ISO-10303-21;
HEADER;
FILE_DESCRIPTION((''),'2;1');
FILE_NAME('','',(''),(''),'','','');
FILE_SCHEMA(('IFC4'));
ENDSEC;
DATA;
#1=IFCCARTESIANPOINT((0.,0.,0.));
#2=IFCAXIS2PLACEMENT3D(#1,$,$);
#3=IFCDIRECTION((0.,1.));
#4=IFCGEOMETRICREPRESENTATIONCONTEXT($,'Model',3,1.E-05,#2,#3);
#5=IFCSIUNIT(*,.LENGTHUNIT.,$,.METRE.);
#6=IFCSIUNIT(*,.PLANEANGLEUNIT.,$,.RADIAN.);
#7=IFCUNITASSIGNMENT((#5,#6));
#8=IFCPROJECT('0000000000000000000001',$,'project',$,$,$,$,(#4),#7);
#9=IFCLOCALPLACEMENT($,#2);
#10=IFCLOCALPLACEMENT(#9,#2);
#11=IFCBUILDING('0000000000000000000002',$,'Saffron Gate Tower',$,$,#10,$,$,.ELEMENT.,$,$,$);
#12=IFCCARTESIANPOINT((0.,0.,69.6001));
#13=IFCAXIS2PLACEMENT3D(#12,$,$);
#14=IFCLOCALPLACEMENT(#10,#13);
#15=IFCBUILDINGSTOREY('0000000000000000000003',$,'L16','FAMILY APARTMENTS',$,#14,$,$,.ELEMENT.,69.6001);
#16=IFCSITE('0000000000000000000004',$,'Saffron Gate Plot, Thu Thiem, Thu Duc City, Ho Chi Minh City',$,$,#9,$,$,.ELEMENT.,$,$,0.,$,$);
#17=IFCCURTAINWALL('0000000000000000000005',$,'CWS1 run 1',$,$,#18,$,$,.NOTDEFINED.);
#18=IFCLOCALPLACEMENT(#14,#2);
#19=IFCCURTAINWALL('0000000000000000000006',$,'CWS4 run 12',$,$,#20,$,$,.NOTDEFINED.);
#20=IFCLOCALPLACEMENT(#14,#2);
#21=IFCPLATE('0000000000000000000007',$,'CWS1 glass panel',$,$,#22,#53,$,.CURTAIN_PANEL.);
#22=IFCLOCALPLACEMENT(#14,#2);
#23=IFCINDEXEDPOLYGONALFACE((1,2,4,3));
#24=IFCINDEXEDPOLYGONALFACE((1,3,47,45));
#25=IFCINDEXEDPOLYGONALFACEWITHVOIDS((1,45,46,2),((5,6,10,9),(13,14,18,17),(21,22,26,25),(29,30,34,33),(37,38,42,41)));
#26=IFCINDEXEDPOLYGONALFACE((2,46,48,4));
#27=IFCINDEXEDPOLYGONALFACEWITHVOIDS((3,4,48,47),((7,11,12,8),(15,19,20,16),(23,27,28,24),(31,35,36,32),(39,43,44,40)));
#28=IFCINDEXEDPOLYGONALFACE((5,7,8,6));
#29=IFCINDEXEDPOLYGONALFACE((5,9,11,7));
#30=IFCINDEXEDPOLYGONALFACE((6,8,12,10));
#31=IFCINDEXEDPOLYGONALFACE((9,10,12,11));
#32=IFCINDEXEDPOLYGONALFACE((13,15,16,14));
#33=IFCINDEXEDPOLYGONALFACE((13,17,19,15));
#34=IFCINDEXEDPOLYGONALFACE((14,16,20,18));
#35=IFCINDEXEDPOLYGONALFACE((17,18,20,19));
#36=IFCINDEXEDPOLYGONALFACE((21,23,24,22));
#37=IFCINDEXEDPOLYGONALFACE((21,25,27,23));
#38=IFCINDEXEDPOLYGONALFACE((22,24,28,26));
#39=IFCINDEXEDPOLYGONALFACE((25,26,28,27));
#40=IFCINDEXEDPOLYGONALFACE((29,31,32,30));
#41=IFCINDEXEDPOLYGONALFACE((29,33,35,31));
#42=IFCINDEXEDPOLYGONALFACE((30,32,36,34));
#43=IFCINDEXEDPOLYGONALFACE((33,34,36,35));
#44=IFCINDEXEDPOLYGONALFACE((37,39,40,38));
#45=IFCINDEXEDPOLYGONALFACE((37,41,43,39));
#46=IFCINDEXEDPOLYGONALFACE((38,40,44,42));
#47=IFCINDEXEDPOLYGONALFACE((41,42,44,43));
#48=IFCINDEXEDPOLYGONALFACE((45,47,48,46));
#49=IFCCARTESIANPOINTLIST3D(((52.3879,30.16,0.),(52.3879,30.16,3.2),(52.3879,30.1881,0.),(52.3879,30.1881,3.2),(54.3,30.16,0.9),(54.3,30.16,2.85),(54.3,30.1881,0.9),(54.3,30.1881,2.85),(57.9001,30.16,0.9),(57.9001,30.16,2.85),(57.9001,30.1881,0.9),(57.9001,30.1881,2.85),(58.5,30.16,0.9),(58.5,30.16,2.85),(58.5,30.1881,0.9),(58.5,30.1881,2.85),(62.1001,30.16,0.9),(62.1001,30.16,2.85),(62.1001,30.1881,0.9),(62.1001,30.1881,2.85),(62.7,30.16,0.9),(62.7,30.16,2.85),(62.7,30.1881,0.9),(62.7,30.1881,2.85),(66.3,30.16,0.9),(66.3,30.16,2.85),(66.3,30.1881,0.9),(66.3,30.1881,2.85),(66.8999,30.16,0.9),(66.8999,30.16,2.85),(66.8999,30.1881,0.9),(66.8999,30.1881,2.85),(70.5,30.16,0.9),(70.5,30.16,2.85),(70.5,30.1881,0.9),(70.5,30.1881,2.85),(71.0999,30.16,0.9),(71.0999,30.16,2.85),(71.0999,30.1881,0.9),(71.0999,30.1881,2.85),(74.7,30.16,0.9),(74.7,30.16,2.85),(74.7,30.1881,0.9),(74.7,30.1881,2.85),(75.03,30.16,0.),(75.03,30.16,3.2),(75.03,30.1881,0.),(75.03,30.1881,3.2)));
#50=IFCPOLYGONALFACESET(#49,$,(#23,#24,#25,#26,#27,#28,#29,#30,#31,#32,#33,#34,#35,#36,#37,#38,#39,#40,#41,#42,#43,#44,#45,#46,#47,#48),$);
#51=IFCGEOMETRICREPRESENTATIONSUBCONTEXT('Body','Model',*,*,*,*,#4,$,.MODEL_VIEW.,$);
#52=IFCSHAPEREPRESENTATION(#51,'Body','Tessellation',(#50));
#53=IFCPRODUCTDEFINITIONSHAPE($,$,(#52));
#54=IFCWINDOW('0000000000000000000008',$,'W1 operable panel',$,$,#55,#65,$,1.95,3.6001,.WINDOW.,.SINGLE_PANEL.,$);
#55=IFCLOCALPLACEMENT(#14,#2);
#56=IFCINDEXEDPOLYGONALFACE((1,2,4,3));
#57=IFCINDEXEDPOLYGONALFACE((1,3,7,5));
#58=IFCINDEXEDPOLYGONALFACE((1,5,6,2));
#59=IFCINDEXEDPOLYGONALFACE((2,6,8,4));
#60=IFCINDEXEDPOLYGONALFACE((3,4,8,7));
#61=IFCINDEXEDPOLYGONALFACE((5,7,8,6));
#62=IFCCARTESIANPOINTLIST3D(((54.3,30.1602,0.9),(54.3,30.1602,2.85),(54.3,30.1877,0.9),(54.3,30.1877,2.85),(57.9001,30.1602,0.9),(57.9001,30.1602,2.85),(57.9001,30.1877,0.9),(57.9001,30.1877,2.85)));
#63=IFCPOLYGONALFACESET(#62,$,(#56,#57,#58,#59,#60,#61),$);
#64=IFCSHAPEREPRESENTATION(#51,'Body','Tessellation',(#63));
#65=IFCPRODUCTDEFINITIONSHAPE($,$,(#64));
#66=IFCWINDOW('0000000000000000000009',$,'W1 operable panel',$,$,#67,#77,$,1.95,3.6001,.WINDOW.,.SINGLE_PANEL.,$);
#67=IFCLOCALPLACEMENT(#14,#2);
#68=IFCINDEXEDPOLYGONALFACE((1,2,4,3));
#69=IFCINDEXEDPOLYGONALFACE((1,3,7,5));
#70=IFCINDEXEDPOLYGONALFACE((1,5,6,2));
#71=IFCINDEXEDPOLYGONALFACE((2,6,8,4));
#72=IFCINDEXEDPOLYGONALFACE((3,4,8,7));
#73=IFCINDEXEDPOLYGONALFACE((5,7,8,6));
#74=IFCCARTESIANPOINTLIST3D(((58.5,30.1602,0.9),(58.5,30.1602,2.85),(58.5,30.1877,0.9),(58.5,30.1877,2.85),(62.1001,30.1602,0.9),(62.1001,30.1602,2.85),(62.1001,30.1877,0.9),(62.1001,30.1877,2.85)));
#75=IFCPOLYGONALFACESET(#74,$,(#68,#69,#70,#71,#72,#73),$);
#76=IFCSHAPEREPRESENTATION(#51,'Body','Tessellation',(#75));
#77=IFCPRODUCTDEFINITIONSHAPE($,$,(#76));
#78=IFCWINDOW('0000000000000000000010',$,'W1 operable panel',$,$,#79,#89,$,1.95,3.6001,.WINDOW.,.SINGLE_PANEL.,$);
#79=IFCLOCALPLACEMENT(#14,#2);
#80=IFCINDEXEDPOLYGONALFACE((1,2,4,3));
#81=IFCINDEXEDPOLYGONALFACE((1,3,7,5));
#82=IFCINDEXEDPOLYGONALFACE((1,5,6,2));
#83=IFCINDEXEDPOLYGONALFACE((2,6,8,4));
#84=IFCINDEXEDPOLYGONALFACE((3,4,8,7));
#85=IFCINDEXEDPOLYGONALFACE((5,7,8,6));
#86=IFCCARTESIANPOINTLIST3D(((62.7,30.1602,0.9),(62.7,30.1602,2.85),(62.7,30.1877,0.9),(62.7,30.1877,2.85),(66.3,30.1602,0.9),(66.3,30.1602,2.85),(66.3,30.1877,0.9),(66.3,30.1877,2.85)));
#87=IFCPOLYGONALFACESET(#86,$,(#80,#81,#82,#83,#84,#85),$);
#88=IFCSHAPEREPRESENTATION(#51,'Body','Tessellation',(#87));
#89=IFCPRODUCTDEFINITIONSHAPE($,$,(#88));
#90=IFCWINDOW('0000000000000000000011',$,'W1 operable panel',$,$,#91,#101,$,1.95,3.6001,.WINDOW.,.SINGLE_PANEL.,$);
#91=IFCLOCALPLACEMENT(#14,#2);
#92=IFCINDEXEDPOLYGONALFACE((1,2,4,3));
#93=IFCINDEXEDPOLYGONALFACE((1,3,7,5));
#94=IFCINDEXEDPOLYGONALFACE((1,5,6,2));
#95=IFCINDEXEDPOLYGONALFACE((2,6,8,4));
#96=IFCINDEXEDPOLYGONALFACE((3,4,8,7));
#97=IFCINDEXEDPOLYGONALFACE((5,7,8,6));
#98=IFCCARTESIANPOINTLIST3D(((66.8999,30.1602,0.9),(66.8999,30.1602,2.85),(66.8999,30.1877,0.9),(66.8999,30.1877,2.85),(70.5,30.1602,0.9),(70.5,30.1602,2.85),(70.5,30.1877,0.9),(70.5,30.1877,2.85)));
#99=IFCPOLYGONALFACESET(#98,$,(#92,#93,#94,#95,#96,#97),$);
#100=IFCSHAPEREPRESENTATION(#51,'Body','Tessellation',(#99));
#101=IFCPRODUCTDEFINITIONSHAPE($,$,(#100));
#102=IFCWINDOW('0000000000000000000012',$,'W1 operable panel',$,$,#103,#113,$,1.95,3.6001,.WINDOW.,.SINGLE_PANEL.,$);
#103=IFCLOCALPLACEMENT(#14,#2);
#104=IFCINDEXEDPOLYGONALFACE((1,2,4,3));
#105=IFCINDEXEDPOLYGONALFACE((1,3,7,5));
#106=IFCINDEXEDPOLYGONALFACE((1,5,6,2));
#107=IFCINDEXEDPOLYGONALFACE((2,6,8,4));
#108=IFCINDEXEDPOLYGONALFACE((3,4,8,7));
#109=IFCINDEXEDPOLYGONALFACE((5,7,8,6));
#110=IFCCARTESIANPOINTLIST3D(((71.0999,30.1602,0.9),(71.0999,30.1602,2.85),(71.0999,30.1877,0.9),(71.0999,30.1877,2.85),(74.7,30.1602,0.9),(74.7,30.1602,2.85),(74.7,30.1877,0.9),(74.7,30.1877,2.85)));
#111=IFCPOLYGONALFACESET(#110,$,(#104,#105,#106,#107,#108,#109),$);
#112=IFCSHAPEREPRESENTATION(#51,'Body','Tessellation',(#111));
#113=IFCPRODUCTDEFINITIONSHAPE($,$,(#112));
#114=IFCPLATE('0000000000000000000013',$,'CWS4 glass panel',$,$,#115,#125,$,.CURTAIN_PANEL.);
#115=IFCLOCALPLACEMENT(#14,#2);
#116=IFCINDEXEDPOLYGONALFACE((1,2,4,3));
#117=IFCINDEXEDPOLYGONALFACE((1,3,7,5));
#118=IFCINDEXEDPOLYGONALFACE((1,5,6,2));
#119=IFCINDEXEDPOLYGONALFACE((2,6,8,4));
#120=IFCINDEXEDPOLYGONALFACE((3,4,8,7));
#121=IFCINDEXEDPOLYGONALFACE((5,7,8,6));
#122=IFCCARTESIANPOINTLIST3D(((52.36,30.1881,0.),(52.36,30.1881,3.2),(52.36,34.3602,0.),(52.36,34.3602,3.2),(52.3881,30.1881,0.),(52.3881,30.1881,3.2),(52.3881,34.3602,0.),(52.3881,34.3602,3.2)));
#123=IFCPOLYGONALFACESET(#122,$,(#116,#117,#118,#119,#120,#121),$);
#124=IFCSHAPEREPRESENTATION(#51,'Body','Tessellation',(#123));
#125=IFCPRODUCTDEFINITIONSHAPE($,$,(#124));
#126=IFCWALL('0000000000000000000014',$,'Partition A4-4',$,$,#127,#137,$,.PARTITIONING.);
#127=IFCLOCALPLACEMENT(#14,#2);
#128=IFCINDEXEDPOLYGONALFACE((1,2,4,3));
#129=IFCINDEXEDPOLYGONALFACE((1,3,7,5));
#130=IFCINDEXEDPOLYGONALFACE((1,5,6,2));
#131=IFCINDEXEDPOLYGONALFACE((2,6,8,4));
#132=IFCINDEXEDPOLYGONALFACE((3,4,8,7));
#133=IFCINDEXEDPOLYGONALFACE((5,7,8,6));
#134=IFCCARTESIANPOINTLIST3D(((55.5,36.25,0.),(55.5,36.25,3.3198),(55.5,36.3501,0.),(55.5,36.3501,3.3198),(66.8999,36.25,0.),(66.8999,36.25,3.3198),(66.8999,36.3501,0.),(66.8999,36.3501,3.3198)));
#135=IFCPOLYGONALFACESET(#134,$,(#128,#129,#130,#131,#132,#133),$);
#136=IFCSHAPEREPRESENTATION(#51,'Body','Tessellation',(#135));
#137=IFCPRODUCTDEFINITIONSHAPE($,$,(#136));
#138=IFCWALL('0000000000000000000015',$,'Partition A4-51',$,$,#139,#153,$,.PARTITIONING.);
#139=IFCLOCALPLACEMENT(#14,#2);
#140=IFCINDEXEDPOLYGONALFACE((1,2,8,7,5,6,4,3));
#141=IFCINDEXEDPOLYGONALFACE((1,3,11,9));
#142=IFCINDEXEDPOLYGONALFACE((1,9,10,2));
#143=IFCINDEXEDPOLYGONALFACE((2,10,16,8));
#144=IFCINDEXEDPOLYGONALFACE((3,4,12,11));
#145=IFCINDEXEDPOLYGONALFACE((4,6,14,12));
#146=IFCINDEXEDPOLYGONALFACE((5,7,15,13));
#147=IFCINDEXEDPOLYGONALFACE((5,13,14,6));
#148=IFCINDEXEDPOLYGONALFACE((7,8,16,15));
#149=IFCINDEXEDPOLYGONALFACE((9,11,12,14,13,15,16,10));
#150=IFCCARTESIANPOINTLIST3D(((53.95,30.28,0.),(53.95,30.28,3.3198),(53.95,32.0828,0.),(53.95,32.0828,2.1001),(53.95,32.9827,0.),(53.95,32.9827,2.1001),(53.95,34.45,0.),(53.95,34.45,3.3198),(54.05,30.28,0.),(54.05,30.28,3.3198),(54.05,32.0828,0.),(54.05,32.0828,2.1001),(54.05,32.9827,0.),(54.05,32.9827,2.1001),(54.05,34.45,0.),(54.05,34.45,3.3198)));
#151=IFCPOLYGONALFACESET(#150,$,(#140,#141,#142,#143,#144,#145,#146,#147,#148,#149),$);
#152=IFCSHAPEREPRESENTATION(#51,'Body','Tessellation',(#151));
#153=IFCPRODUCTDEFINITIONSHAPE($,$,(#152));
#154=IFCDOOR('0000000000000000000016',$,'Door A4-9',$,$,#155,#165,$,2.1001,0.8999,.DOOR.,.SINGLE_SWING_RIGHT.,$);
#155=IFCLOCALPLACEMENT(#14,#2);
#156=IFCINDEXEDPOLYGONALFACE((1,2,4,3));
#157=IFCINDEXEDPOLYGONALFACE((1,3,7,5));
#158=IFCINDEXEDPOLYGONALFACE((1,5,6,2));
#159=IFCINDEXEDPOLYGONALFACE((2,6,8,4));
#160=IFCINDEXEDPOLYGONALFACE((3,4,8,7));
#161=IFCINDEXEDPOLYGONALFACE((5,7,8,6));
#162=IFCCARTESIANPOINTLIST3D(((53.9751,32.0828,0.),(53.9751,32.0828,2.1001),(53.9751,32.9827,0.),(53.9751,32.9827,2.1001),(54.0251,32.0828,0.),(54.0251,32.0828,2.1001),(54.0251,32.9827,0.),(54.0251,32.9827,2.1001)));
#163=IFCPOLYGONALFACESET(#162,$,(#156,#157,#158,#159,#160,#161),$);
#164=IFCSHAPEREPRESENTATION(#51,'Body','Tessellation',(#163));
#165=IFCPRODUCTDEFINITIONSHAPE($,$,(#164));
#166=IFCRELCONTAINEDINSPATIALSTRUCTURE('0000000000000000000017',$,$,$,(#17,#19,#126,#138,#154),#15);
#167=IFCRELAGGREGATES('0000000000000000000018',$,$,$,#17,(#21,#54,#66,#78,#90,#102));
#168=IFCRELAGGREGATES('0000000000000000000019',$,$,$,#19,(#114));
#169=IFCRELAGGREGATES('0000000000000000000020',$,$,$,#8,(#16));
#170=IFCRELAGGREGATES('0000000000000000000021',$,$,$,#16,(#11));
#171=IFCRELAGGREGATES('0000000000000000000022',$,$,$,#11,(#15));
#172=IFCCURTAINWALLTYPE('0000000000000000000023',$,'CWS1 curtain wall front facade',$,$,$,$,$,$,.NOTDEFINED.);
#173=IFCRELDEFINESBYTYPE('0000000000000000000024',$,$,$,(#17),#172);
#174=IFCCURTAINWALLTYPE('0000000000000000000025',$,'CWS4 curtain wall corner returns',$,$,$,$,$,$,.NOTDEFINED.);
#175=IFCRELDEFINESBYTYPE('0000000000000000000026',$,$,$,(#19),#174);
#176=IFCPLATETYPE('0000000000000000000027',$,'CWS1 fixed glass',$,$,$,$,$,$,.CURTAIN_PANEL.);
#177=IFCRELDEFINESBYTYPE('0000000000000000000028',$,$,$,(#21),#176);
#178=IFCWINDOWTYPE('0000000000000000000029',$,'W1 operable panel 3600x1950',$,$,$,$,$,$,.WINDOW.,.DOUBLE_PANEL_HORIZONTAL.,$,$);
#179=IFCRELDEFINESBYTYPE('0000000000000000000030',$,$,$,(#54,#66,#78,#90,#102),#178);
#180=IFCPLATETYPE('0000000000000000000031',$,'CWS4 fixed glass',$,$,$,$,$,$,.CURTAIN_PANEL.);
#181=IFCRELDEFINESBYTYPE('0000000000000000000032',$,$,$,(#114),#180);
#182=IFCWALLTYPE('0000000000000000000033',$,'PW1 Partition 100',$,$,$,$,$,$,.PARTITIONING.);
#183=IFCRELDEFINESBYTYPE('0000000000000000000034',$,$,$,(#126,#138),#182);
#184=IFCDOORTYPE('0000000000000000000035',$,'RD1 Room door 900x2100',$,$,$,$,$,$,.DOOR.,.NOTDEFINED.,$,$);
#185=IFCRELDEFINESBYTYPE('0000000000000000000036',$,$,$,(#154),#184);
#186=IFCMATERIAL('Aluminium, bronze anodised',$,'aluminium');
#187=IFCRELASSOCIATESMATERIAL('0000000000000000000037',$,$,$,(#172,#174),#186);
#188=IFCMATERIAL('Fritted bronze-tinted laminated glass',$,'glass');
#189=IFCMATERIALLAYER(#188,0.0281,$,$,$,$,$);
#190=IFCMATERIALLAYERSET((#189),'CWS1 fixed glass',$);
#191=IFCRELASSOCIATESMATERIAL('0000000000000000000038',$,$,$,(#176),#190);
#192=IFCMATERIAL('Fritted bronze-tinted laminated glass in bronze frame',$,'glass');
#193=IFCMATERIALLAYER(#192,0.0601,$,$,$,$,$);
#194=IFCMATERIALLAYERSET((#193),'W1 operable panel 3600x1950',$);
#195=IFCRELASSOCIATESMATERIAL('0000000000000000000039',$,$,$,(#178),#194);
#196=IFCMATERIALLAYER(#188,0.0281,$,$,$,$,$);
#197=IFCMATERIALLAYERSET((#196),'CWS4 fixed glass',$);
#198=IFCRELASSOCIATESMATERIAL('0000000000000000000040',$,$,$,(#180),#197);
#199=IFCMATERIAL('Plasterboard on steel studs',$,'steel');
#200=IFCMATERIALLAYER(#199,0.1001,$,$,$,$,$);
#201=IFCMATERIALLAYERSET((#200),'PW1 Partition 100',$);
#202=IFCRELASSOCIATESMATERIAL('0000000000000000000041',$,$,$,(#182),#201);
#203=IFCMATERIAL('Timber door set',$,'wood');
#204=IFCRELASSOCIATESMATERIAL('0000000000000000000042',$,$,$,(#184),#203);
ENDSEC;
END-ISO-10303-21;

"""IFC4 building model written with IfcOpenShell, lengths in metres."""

from ifc_helpers import new_model, si_unit, direction, frame, frame_2d, origin, place, context, subcontext, project, spatial, rectangle, extrude, material, layer, layer_set, type_object, element, fill, aggregate, save


model = new_model("IFC4")

# Units and contexts
model_context = context("Model", 3, precision=1e-05, world=origin(), true_north=direction((0.0, 1.0)))
body_context = subcontext(model_context, "Body", "Model", "MODEL_VIEW")
ifc_project = project(units=[si_unit("LENGTHUNIT", "METRE"), si_unit("PLANEANGLEUNIT", "RADIAN")], contexts=[model_context])

# Site, building, storey
site_placement = place(None, origin())
site = spatial("IfcSite", under=ifc_project, at=site_placement, Name="Saffron Gate Plot, Thu Thiem, Thu Duc City, Ho Chi Minh City", CompositionType="ELEMENT", RefElevation=0.0)
building_placement = place(site_placement, origin())
building = spatial("IfcBuilding", under=site, at=building_placement, Name="Saffron Gate Tower", CompositionType="ELEMENT")
storey_placement = place(building_placement, frame((0.0, 0.0, 69.6001)))
storey = spatial("IfcBuildingStorey", under=building, at=storey_placement, Name="L16", Description="FAMILY APARTMENTS", CompositionType="ELEMENT", Elevation=69.6001)

# Curtain walls
ifc_material_1 = material(Name="Aluminium, bronze anodised", Category="aluminium")
curtain_wall_type_1 = type_object("IfcCurtainWallType", Name="CWS1 curtain wall front facade", PredefinedType="NOTDEFINED", material=ifc_material_1)
curtain_wall_1_placement = place(storey_placement, origin())
curtain_wall_1 = element("IfcCurtainWall", 1, at=curtain_wall_1_placement, inside=storey, type_object=curtain_wall_type_1, Name="CWS1 run 1", PredefinedType="NOTDEFINED")
curtain_wall_type_2 = type_object("IfcCurtainWallType", Name="CWS4 curtain wall corner returns", PredefinedType="NOTDEFINED", material=ifc_material_1)
curtain_wall_2_placement = place(storey_placement, origin())
curtain_wall_2 = element("IfcCurtainWall", 2, at=curtain_wall_2_placement, inside=storey, type_object=curtain_wall_type_2, Name="CWS4 run 12", PredefinedType="NOTDEFINED")

# Plate, openings, windows
ifc_material_2 = material(Name="Fritted bronze-tinted laminated glass", Category="glass")
ifc_layer_1 = layer(ifc_material_2, 0.0281)
ifc_layer_set_1 = layer_set([ifc_layer_1], Name="CWS1 fixed glass")
plate_type_1 = type_object("IfcPlateType", Name="CWS1 fixed glass", PredefinedType="CURTAIN_PANEL", material=ifc_layer_set_1)
plate_1_placement = place(storey_placement, frame((52.3879, 30.1741, 0.0), z_axis=(0.0, 0.0, 1.0), x_axis=(1.0, 0.0, 0.0)))
plate_1 = element("IfcPlate", 3, at=plate_1_placement, type_object=plate_type_1, Name="CWS1 glass panel", PredefinedType="CURTAIN_PANEL", context=body_context, shape_type="SweptSolid", body=[
    extrude(rectangle(XDim=22.6421, YDim=0.0281, at=frame_2d((11.321, 0.0))), origin(), (0.0, 0.0, 1.0), 3.2),
])
opening_1_placement = place(plate_1_placement, frame((1.9121, 0.0, 0.8999)))
opening_1 = element("IfcOpeningElement", 4, at=opening_1_placement, cuts=plate_1, PredefinedType="OPENING", context=body_context, shape_type="SweptSolid", body=[
    extrude(rectangle(XDim=3.6001, YDim=1.95, at=frame_2d((1.8, 0.9751))), frame((0.0, 0.0239, 0.0), z_axis=(0.0, -1.0, 0.0), x_axis=(1.0, 0.0, 0.0)), (0.0, 0.0, 1.0), 0.0481),
])
opening_2_placement = place(plate_1_placement, frame((6.1121, 0.0, 0.8999)))
opening_2 = element("IfcOpeningElement", 5, at=opening_2_placement, cuts=plate_1, PredefinedType="OPENING", context=body_context, shape_type="SweptSolid", body=[
    extrude(rectangle(XDim=3.6001, YDim=1.95, at=frame_2d((1.8, 0.9751))), frame((0.0, 0.0239, 0.0), z_axis=(0.0, -1.0, 0.0), x_axis=(1.0, 0.0, 0.0)), (0.0, 0.0, 1.0), 0.0481),
])
opening_3_placement = place(plate_1_placement, frame((10.312, 0.0, 0.8999)))
opening_3 = element("IfcOpeningElement", 6, at=opening_3_placement, cuts=plate_1, PredefinedType="OPENING", context=body_context, shape_type="SweptSolid", body=[
    extrude(rectangle(XDim=3.6001, YDim=1.95, at=frame_2d((1.8, 0.9751))), frame((0.0, 0.0239, 0.0), z_axis=(0.0, -1.0, 0.0), x_axis=(1.0, 0.0, 0.0)), (0.0, 0.0, 1.0), 0.0481),
])
opening_4_placement = place(plate_1_placement, frame((14.512, 0.0, 0.8999)))
opening_4 = element("IfcOpeningElement", 7, at=opening_4_placement, cuts=plate_1, PredefinedType="OPENING", context=body_context, shape_type="SweptSolid", body=[
    extrude(rectangle(XDim=3.6001, YDim=1.95, at=frame_2d((1.8, 0.9751))), frame((0.0, 0.0239, 0.0), z_axis=(0.0, -1.0, 0.0), x_axis=(1.0, 0.0, 0.0)), (0.0, 0.0, 1.0), 0.0481),
])
opening_5_placement = place(plate_1_placement, frame((18.7119, 0.0, 0.8999)))
opening_5 = element("IfcOpeningElement", 8, at=opening_5_placement, cuts=plate_1, PredefinedType="OPENING", context=body_context, shape_type="SweptSolid", body=[
    extrude(rectangle(XDim=3.6001, YDim=1.95, at=frame_2d((1.8, 0.9751))), frame((0.0, 0.0239, 0.0), z_axis=(0.0, -1.0, 0.0), x_axis=(1.0, 0.0, 0.0)), (0.0, 0.0, 1.0), 0.0481),
])
ifc_material_3 = material(Name="Fritted bronze-tinted laminated glass in bronze frame", Category="glass")
ifc_layer_2 = layer(ifc_material_3, 0.0601)
ifc_layer_set_2 = layer_set([ifc_layer_2], Name="W1 operable panel 3600x1950")
window_type = type_object("IfcWindowType", Name="W1 operable panel 3600x1950", PartitioningType="DOUBLE_PANEL_HORIZONTAL", PredefinedType="WINDOW", material=ifc_layer_set_2)
window_1_placement = place(opening_1_placement, origin())
window_1 = element("IfcWindow", 9, at=window_1_placement, type_object=window_type, Name="W1 operable panel", OverallHeight=1.95, OverallWidth=3.6001, PartitioningType="SINGLE_PANEL", PredefinedType="WINDOW", context=body_context, shape_type="SweptSolid", body=[
    extrude(rectangle(XDim=3.6001, YDim=1.95, at=frame_2d((1.8, 0.9751))), frame((0.0, 0.0137, 0.0), z_axis=(0.0, -1.0, 0.0), x_axis=(1.0, 0.0, 0.0)), (0.0, 0.0, 1.0), 0.0276),
])
fill(opening_1, window_1)
window_2_placement = place(opening_2_placement, origin())
window_2 = element("IfcWindow", 10, at=window_2_placement, type_object=window_type, Name="W1 operable panel", OverallHeight=1.95, OverallWidth=3.6001, PartitioningType="SINGLE_PANEL", PredefinedType="WINDOW", context=body_context, shape_type="SweptSolid", body=[
    extrude(rectangle(XDim=3.6001, YDim=1.95, at=frame_2d((1.8, 0.9751))), frame((0.0, 0.0137, 0.0), z_axis=(0.0, -1.0, 0.0), x_axis=(1.0, 0.0, 0.0)), (0.0, 0.0, 1.0), 0.0276),
])
fill(opening_2, window_2)
window_3_placement = place(opening_3_placement, origin())
window_3 = element("IfcWindow", 11, at=window_3_placement, type_object=window_type, Name="W1 operable panel", OverallHeight=1.95, OverallWidth=3.6001, PartitioningType="SINGLE_PANEL", PredefinedType="WINDOW", context=body_context, shape_type="SweptSolid", body=[
    extrude(rectangle(XDim=3.6001, YDim=1.95, at=frame_2d((1.8, 0.9751))), frame((0.0, 0.0137, 0.0), z_axis=(0.0, -1.0, 0.0), x_axis=(1.0, 0.0, 0.0)), (0.0, 0.0, 1.0), 0.0276),
])
fill(opening_3, window_3)
window_4_placement = place(opening_4_placement, origin())
window_4 = element("IfcWindow", 12, at=window_4_placement, type_object=window_type, Name="W1 operable panel", OverallHeight=1.95, OverallWidth=3.6001, PartitioningType="SINGLE_PANEL", PredefinedType="WINDOW", context=body_context, shape_type="SweptSolid", body=[
    extrude(rectangle(XDim=3.6001, YDim=1.95, at=frame_2d((1.8, 0.9751))), frame((0.0, 0.0137, 0.0), z_axis=(0.0, -1.0, 0.0), x_axis=(1.0, 0.0, 0.0)), (0.0, 0.0, 1.0), 0.0276),
])
fill(opening_4, window_4)
window_5_placement = place(opening_5_placement, origin())
window_5 = element("IfcWindow", 13, at=window_5_placement, type_object=window_type, Name="W1 operable panel", OverallHeight=1.95, OverallWidth=3.6001, PartitioningType="SINGLE_PANEL", PredefinedType="WINDOW", context=body_context, shape_type="SweptSolid", body=[
    extrude(rectangle(XDim=3.6001, YDim=1.95, at=frame_2d((1.8, 0.9751))), frame((0.0, 0.0137, 0.0), z_axis=(0.0, -1.0, 0.0), x_axis=(1.0, 0.0, 0.0)), (0.0, 0.0, 1.0), 0.0276),
])
fill(opening_5, window_5)
aggregate(curtain_wall_1, [plate_1, window_1, window_2, window_3, window_4, window_5])

# Plate
ifc_layer_3 = layer(ifc_material_2, 0.0281)
ifc_layer_set_3 = layer_set([ifc_layer_3], Name="CWS4 fixed glass")
plate_type_2 = type_object("IfcPlateType", Name="CWS4 fixed glass", PredefinedType="CURTAIN_PANEL", material=ifc_layer_set_3)
plate_2_placement = place(storey_placement, frame((52.374, 34.3601, 0.0), z_axis=(0.0, 0.0, 1.0), x_axis=(0.0, -1.0, 0.0)))
plate_2 = element("IfcPlate", 14, at=plate_2_placement, type_object=plate_type_2, Name="CWS4 glass panel", PredefinedType="CURTAIN_PANEL", context=body_context, shape_type="SweptSolid", body=[
    extrude(rectangle(XDim=4.1721, YDim=0.0281, at=frame_2d((2.0859, 0.0))), origin(), (0.0, 0.0, 1.0), 3.2),
])
aggregate(curtain_wall_2, [plate_2])

# Wall
ifc_material_4 = material(Name="Plasterboard on steel studs", Category="steel")
ifc_layer_4 = layer(ifc_material_4, 0.1001)
ifc_layer_set_4 = layer_set([ifc_layer_4], Name="PW1 Partition 100")
wall_type = type_object("IfcWallType", Name="PW1 Partition 100", PredefinedType="PARTITIONING", material=ifc_layer_set_4)
wall_1_placement = place(storey_placement, frame((55.5, 36.3, 0.0), z_axis=(0.0, 0.0, 1.0), x_axis=(1.0, 0.0, 0.0)))
element("IfcWall", 15, at=wall_1_placement, inside=storey, type_object=wall_type, Name="Partition A4-4", PredefinedType="PARTITIONING", context=body_context, shape_type="SweptSolid", body=[
    extrude(rectangle(XDim=11.3999, YDim=0.1001, at=frame_2d((5.7, 0.0))), origin(), (0.0, 0.0, 1.0), 3.3198),
])

# Wall, opening, door
wall_2_placement = place(storey_placement, frame((54.0, 30.28, 0.0), z_axis=(0.0, 0.0, 1.0), x_axis=(0.0, 1.0, 0.0)))
wall_2 = element("IfcWall", 16, at=wall_2_placement, inside=storey, type_object=wall_type, Name="Partition A4-51", PredefinedType="PARTITIONING", context=body_context, shape_type="SweptSolid", body=[
    extrude(rectangle(XDim=4.1699, YDim=0.1001, at=frame_2d((2.085, 0.0))), origin(), (0.0, 0.0, 1.0), 3.3198),
])
opening_6_placement = place(wall_2_placement, frame((1.8027, 0.0, 0.0)))
opening_6 = element("IfcOpeningElement", 17, at=opening_6_placement, cuts=wall_2, PredefinedType="OPENING", context=body_context, shape_type="SweptSolid", body=[
    extrude(rectangle(XDim=0.8999, YDim=2.1001, at=frame_2d((0.45, 1.05))), frame((0.0, 0.0601, 0.0), z_axis=(0.0, -1.0, 0.0), x_axis=(1.0, 0.0, 0.0)), (0.0, 0.0, 1.0), 0.1201),
])
ifc_material_5 = material(Name="Timber door set", Category="wood")
door_type = type_object("IfcDoorType", Name="RD1 Room door 900x2100", OperationType="NOTDEFINED", PredefinedType="DOOR", material=ifc_material_5)
door_placement = place(opening_6_placement, origin())
door = element("IfcDoor", 18, at=door_placement, inside=storey, type_object=door_type, Name="Door A4-9", OperationType="SINGLE_SWING_RIGHT", OverallHeight=2.1001, OverallWidth=0.8999, PredefinedType="DOOR", context=body_context, shape_type="SweptSolid", body=[
    extrude(rectangle(XDim=0.8999, YDim=2.1001, at=frame_2d((0.45, 1.05))), frame((0.0, 0.0249, 0.0), z_axis=(0.0, -1.0, 0.0), x_axis=(1.0, 0.0, 0.0)), (0.0, 0.0, 1.0), 0.05),
])
fill(opening_6, door)

save(model, "model.ifc")
